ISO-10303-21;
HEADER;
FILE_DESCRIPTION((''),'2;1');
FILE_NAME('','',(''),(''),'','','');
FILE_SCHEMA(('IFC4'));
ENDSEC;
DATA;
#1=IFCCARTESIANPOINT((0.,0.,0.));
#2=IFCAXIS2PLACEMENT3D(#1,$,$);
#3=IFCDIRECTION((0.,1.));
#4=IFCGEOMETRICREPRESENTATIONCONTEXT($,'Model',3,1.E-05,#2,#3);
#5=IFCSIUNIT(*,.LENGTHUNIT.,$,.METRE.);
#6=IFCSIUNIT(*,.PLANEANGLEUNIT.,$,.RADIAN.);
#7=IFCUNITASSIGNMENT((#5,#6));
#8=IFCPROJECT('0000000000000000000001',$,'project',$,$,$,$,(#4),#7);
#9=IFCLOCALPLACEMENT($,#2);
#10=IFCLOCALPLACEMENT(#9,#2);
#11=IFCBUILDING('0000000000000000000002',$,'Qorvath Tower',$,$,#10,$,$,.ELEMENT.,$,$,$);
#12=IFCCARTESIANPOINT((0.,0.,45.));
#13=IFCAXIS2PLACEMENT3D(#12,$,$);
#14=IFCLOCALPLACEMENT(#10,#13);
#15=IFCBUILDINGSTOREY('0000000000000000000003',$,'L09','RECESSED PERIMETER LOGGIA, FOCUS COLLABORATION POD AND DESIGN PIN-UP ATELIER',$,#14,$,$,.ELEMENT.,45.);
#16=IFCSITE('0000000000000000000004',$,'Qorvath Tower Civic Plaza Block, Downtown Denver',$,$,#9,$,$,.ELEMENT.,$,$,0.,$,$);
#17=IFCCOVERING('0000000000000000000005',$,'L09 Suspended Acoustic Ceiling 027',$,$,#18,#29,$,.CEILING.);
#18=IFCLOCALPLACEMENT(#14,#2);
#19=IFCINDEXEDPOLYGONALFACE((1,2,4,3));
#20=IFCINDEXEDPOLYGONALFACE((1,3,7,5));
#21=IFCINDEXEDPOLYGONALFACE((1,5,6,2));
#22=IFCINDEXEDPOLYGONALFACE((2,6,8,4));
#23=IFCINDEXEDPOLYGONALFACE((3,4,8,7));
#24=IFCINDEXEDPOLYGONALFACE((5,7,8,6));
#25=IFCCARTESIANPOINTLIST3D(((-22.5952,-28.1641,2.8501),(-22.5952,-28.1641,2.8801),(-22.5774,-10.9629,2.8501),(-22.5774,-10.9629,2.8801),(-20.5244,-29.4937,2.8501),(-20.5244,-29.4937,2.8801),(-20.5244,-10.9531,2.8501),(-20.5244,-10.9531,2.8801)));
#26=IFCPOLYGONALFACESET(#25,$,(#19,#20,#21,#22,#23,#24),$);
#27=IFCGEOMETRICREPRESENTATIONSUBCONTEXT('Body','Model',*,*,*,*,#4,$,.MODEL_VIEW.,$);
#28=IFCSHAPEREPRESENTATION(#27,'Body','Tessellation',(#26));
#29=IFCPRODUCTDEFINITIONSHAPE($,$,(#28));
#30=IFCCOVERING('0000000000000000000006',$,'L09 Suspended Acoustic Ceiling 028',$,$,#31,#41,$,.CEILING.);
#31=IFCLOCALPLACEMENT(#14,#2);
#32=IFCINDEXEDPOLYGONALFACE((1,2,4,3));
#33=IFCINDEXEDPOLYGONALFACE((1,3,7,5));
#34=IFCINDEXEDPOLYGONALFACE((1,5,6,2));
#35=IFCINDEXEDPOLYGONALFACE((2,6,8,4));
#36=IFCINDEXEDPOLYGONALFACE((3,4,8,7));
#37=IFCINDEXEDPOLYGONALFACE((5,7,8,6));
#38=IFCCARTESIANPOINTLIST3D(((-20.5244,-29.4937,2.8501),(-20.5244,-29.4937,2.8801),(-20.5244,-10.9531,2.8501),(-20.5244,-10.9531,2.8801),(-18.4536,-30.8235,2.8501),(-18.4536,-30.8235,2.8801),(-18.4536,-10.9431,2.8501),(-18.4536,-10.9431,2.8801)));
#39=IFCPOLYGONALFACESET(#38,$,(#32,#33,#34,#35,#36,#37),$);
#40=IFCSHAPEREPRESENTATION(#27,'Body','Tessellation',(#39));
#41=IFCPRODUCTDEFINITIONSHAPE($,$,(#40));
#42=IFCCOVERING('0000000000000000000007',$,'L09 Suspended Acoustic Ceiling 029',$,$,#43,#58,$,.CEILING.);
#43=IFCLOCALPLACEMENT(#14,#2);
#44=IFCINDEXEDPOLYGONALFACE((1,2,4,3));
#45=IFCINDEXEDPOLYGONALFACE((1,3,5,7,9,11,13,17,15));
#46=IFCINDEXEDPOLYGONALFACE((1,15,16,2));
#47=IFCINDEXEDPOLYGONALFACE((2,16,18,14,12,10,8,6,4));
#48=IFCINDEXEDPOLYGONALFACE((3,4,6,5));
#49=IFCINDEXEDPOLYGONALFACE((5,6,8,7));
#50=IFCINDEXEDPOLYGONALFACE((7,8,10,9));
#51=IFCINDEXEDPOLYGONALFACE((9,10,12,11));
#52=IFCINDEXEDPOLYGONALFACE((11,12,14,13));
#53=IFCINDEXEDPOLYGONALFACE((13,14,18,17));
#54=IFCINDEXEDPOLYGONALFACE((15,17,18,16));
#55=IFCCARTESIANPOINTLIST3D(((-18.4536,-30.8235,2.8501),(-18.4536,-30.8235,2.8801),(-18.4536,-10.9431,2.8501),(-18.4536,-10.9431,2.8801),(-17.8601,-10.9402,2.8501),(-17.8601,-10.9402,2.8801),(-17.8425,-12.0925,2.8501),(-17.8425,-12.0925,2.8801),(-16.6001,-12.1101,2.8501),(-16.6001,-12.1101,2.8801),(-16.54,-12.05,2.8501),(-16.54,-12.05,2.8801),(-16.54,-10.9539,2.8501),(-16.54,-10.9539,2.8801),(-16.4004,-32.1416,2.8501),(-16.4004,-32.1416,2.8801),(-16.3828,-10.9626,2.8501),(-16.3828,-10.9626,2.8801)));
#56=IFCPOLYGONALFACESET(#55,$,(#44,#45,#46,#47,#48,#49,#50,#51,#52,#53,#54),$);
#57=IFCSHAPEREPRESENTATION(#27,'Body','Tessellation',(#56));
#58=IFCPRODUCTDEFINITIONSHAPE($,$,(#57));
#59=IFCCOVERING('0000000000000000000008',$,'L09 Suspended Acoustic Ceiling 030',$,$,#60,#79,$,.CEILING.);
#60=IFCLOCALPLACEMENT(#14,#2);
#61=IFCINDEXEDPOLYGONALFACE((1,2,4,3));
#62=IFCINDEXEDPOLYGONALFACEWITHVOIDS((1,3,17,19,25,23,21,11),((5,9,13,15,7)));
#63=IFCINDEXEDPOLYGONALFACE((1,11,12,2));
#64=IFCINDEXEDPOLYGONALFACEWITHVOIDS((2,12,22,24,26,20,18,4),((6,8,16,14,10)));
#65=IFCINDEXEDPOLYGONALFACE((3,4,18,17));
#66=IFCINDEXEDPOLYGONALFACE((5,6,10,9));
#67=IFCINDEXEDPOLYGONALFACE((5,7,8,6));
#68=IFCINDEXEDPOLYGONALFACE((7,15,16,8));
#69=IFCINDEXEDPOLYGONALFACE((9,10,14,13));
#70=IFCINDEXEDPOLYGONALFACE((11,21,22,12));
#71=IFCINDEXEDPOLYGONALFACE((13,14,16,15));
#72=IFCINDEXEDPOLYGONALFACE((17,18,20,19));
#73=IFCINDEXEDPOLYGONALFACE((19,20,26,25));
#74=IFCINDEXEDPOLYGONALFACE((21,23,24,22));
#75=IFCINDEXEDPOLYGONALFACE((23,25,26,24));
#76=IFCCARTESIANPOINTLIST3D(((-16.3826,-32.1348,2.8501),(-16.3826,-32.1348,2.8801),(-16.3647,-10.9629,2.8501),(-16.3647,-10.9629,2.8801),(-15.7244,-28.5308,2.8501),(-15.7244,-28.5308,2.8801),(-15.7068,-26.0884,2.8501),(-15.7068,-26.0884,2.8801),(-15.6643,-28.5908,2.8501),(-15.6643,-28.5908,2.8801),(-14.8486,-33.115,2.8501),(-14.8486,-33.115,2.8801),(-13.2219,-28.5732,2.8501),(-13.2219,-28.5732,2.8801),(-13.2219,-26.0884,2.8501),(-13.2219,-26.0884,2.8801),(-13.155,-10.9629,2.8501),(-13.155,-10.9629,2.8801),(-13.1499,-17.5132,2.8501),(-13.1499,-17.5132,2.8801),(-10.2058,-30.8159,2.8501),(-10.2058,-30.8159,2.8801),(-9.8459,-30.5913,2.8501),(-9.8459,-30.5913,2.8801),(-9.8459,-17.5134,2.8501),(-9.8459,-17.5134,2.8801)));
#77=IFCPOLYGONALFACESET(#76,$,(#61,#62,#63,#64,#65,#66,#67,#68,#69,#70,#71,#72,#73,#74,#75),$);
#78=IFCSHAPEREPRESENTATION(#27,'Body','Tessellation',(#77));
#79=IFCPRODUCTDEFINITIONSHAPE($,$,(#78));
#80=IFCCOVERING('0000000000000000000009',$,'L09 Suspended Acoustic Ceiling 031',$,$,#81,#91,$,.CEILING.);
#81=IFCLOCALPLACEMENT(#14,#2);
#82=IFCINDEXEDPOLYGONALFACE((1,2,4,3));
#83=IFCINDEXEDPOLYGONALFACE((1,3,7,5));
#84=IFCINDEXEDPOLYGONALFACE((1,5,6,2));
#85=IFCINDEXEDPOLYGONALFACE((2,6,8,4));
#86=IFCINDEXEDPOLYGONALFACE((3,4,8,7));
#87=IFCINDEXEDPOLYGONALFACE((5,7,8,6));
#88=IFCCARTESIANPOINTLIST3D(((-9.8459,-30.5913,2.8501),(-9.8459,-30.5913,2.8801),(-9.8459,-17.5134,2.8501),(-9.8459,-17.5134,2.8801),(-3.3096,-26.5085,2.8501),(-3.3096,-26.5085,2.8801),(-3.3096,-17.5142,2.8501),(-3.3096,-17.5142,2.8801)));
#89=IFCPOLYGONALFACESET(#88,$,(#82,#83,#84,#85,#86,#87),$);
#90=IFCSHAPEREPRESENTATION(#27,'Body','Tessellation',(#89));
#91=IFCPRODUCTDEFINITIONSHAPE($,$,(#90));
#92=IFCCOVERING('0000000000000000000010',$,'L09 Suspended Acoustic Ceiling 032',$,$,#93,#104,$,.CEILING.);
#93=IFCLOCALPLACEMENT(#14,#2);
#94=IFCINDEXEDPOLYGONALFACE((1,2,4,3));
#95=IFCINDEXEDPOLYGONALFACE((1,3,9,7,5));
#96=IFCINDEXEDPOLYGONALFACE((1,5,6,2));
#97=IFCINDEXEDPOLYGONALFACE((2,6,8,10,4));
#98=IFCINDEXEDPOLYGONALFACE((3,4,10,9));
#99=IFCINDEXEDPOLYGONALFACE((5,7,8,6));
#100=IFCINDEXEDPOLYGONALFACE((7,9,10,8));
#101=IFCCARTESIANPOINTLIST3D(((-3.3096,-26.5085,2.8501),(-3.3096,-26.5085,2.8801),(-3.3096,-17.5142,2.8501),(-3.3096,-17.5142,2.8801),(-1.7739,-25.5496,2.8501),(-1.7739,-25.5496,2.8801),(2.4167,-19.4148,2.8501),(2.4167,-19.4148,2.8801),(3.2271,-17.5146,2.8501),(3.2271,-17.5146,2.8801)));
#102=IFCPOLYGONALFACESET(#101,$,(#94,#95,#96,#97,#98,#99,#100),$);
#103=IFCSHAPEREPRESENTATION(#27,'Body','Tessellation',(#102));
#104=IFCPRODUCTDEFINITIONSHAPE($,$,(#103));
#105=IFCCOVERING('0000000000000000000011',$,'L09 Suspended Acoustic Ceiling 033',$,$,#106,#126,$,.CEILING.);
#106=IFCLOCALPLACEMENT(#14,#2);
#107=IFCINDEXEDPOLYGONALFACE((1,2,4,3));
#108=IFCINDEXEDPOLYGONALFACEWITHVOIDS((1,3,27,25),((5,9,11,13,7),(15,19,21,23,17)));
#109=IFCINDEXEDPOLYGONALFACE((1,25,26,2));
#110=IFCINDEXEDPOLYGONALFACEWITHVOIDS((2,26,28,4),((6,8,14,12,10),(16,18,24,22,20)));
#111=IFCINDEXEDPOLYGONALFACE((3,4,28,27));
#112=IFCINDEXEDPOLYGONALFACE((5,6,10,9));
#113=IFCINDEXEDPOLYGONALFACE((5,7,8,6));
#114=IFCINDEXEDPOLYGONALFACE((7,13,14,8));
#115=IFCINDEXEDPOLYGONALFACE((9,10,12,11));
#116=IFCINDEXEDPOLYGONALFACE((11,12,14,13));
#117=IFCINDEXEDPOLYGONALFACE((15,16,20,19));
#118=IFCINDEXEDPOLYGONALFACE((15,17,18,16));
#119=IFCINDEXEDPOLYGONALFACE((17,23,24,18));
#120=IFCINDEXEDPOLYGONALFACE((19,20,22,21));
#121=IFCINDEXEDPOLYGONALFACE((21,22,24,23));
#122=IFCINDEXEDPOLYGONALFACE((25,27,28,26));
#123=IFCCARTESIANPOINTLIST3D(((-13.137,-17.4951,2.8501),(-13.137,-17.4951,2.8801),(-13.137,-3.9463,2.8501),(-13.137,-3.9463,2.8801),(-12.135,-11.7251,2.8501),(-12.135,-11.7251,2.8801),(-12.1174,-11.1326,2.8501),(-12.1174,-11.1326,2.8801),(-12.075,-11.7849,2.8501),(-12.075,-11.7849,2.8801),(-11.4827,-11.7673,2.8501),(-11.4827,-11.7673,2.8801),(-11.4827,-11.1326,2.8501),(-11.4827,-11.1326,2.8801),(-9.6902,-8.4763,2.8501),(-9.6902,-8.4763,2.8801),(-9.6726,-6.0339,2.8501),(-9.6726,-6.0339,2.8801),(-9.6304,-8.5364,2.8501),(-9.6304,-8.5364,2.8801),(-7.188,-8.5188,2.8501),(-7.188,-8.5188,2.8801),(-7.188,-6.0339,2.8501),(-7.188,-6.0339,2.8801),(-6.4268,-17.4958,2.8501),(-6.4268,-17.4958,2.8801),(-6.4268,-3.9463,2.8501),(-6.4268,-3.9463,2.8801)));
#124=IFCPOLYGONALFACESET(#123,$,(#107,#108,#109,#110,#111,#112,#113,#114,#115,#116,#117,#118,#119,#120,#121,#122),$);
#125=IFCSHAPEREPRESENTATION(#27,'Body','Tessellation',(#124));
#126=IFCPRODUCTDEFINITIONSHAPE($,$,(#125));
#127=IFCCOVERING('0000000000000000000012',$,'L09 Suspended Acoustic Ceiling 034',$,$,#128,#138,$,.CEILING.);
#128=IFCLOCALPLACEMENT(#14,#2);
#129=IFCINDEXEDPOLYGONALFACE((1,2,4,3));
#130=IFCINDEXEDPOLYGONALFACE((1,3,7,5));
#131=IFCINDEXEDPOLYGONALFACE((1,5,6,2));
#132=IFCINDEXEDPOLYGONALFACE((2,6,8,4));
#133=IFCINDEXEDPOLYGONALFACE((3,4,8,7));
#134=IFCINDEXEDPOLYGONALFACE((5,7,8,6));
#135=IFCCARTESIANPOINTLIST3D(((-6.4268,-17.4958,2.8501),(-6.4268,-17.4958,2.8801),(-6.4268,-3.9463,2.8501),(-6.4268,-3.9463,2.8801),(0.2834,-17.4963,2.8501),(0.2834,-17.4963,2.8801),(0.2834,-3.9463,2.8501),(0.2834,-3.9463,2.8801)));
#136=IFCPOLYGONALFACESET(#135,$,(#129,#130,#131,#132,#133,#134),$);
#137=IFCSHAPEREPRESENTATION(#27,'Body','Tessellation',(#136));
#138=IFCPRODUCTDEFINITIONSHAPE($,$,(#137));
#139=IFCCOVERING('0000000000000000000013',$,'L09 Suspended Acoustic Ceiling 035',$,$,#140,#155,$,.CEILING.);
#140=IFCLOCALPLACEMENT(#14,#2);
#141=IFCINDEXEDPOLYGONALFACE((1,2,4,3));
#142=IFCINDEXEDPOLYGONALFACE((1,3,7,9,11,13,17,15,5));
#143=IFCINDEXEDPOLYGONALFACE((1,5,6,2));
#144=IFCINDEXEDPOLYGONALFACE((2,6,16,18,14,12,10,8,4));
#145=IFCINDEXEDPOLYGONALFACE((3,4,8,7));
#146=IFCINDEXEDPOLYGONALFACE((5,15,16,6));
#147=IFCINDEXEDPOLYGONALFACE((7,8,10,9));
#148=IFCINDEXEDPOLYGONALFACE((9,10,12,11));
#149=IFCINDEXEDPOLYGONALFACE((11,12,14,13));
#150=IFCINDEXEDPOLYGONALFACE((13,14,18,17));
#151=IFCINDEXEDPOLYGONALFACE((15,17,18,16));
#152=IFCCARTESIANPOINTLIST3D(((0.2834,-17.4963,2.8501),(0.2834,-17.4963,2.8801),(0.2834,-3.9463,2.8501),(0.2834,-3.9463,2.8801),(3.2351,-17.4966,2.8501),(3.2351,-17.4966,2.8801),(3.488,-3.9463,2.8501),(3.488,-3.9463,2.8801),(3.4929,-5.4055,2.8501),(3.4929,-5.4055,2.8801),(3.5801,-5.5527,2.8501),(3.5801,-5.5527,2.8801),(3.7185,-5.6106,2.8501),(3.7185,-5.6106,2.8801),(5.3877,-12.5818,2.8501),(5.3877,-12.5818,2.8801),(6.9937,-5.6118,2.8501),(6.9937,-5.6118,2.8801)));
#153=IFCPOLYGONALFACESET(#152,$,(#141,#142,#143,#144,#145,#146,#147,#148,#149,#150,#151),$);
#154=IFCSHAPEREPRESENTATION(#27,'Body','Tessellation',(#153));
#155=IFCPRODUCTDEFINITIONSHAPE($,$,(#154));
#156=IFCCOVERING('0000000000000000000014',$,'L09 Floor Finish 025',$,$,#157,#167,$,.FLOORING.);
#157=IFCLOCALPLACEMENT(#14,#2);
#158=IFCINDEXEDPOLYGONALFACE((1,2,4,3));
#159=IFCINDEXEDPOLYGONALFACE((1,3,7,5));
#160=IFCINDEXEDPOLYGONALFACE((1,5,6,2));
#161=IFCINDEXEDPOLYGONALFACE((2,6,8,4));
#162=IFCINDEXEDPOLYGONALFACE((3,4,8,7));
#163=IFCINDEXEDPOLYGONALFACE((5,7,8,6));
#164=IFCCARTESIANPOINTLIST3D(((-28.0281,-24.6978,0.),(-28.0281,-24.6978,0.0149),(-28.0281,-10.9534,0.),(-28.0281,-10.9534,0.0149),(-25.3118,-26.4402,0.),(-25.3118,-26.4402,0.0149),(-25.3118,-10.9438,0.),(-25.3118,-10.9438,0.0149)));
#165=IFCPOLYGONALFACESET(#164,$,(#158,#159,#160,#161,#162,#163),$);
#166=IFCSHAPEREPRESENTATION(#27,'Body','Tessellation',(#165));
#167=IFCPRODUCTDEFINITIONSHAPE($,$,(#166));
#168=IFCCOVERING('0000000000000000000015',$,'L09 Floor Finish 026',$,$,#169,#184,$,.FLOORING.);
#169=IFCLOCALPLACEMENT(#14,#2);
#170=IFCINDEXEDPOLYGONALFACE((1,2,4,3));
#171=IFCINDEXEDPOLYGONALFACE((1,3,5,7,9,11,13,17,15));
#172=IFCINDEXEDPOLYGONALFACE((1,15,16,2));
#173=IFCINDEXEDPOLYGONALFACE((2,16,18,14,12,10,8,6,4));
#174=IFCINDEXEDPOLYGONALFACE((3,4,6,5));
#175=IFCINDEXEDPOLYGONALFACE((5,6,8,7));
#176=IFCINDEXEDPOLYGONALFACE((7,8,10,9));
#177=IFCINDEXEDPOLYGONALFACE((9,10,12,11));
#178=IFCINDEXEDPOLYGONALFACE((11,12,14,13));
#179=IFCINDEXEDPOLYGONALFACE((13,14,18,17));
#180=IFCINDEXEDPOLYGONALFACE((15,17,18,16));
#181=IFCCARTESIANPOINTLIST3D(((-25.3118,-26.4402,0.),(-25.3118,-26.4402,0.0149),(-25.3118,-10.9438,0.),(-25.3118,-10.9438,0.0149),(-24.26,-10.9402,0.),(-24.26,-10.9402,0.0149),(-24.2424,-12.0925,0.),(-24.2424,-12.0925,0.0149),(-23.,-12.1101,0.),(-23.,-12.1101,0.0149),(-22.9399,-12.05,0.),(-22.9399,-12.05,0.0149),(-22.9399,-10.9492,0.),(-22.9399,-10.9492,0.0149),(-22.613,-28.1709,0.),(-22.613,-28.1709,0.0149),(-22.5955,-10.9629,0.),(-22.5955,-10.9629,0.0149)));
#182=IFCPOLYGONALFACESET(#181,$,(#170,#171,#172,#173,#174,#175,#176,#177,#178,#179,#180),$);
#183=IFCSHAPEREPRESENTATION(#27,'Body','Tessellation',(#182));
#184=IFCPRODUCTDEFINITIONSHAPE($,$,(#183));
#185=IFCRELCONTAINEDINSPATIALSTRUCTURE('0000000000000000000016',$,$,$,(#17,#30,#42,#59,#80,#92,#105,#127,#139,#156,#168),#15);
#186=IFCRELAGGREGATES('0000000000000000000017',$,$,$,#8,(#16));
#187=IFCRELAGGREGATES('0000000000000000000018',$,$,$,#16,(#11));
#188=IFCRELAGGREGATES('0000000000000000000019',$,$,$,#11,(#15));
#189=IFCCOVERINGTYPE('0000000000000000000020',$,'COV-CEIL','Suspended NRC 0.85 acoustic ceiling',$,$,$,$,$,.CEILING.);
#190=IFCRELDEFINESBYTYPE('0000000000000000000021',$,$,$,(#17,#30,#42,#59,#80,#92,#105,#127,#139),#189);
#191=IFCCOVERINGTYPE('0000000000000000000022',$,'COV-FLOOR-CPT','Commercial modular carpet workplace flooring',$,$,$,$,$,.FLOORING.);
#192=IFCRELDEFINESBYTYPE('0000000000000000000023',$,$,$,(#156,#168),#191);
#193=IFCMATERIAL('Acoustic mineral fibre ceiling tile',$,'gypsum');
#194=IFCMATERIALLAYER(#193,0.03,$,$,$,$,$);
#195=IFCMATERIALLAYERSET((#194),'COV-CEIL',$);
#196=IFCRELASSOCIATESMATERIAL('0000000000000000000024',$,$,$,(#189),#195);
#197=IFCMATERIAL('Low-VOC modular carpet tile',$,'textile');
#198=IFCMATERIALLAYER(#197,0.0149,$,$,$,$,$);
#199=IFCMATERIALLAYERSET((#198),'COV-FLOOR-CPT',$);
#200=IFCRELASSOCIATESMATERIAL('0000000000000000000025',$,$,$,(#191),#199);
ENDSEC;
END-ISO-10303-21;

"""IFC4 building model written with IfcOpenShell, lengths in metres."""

from ifc_helpers import new_model, si_unit, direction, frame, origin, place, context, subcontext, project, spatial, polyline, outline, extrude, material, layer, layer_set, type_object, element, save


model = new_model("IFC4")

# Units and contexts
model_context = context("Model", 3, precision=1e-05, world=origin(), true_north=direction((0.0, 1.0)))
body_context = subcontext(model_context, "Body", "Model", "MODEL_VIEW")
ifc_project = project(units=[si_unit("LENGTHUNIT", "METRE"), si_unit("PLANEANGLEUNIT", "RADIAN")], contexts=[model_context])

# Site, building, storey
site_placement = place(None, origin())
site = spatial("IfcSite", under=ifc_project, at=site_placement, Name="Qorvath Tower Civic Plaza Block, Downtown Denver", CompositionType="ELEMENT", RefElevation=0.0)
building_placement = place(site_placement, origin())
building = spatial("IfcBuilding", under=site, at=building_placement, Name="Qorvath Tower", CompositionType="ELEMENT")
storey_placement = place(building_placement, frame((0.0, 0.0, 45.0)))
storey = spatial("IfcBuildingStorey", under=building, at=storey_placement, Name="L09", Description="RECESSED PERIMETER LOGGIA, FOCUS COLLABORATION POD AND DESIGN PIN-UP ATELIER", CompositionType="ELEMENT", Elevation=45.0)

# Coverings
ifc_material_1 = material(Name="Acoustic mineral fibre ceiling tile", Category="gypsum")
ifc_layer_1 = layer(ifc_material_1, 0.03)
ifc_layer_set_1 = layer_set([ifc_layer_1], Name="COV-CEIL")
covering_type_1 = type_object("IfcCoveringType", Name="COV-CEIL", Description="Suspended NRC 0.85 acoustic ceiling", PredefinedType="CEILING", material=ifc_layer_set_1)
covering_1_placement = place(storey_placement, frame((0.0, 0.0, 2.8501)))
element("IfcCovering", 1, at=covering_1_placement, inside=storey, type_object=covering_type_1, Name="L09 Suspended Acoustic Ceiling 027", PredefinedType="CEILING", context=body_context, shape_type="SweptSolid", body=[
    extrude(outline(polyline([(-20.5244, -29.4937), (-20.5244, -10.9531), (-22.5774, -10.9629), (-22.5952, -28.1641), (-20.5244, -29.4937)])), origin(), (0.0, 0.0, 1.0), 0.03),
])
covering_2_placement = place(storey_placement, frame((0.0, 0.0, 2.8501)))
element("IfcCovering", 2, at=covering_2_placement, inside=storey, type_object=covering_type_1, Name="L09 Suspended Acoustic Ceiling 028", PredefinedType="CEILING", context=body_context, shape_type="SweptSolid", body=[
    extrude(outline(polyline([(-18.4536, -30.8235), (-18.4536, -10.9431), (-20.5244, -10.9531), (-20.5244, -29.4937), (-18.4536, -30.8235)])), origin(), (0.0, 0.0, 1.0), 0.03),
])
covering_3_placement = place(storey_placement, frame((0.0, 0.0, 2.8501)))
element("IfcCovering", 3, at=covering_3_placement, inside=storey, type_object=covering_type_1, Name="L09 Suspended Acoustic Ceiling 029", PredefinedType="CEILING", context=body_context, shape_type="SweptSolid", body=[
    extrude(outline(polyline([(-16.4004, -32.1416), (-16.3828, -10.9626), (-16.54, -10.9539), (-16.54, -12.05), (-16.6001, -12.1101), (-17.8425, -12.0925), (-17.8601, -10.9402), (-18.4536, -10.9431), (-18.4536, -30.8235), (-16.4004, -32.1416)])), origin(), (0.0, 0.0, 1.0), 0.03),
])
covering_4_placement = place(storey_placement, frame((0.0, 0.0, 2.8501)))
element("IfcCovering", 4, at=covering_4_placement, inside=storey, type_object=covering_type_1, Name="L09 Suspended Acoustic Ceiling 030", PredefinedType="CEILING", context=body_context, shape_type="SweptSolid", body=[
    extrude(outline(polyline([(-14.8486, -33.115), (-10.2058, -30.8159), (-9.8459, -30.5913), (-9.8459, -17.5134), (-13.1499, -17.5132), (-13.155, -10.9629), (-16.3647, -10.9629), (-16.3826, -32.1348), (-14.8486, -33.115)]), holes=[polyline([(-15.7244, -28.5308), (-15.7068, -26.0884), (-13.2219, -26.0884), (-13.2219, -28.5732), (-15.6643, -28.5908), (-15.7244, -28.5308)])]), origin(), (0.0, 0.0, 1.0), 0.03),
])
covering_5_placement = place(storey_placement, frame((0.0, 0.0, 2.8501)))
element("IfcCovering", 5, at=covering_5_placement, inside=storey, type_object=covering_type_1, Name="L09 Suspended Acoustic Ceiling 031", PredefinedType="CEILING", context=body_context, shape_type="SweptSolid", body=[
    extrude(outline(polyline([(-9.8459, -17.5134), (-9.8459, -30.5913), (-3.3096, -26.5085), (-3.3096, -17.5142), (-9.8459, -17.5134)])), origin(), (0.0, 0.0, 1.0), 0.03),
])
covering_6_placement = place(storey_placement, frame((0.0, 0.0, 2.8501)))
element("IfcCovering", 6, at=covering_6_placement, inside=storey, type_object=covering_type_1, Name="L09 Suspended Acoustic Ceiling 032", PredefinedType="CEILING", context=body_context, shape_type="SweptSolid", body=[
    extrude(outline(polyline([(-3.3096, -17.5142), (-3.3096, -26.5085), (-1.7739, -25.5496), (2.4167, -19.4148), (3.2271, -17.5146), (-3.3096, -17.5142)])), origin(), (0.0, 0.0, 1.0), 0.03),
])
covering_7_placement = place(storey_placement, frame((0.0, 0.0, 2.8501)))
element("IfcCovering", 7, at=covering_7_placement, inside=storey, type_object=covering_type_1, Name="L09 Suspended Acoustic Ceiling 033", PredefinedType="CEILING", context=body_context, shape_type="SweptSolid", body=[
    extrude(outline(polyline([(-6.4268, -17.4958), (-6.4268, -3.9463), (-13.137, -3.9463), (-13.137, -17.4951), (-6.4268, -17.4958)]), holes=[polyline([(-9.6902, -8.4763), (-9.6726, -6.0339), (-7.188, -6.0339), (-7.188, -8.5188), (-9.6304, -8.5364), (-9.6902, -8.4763)]), polyline([(-12.135, -11.7251), (-12.1174, -11.1326), (-11.4827, -11.1326), (-11.4827, -11.7673), (-12.075, -11.7849), (-12.135, -11.7251)])]), origin(), (0.0, 0.0, 1.0), 0.03),
])
covering_8_placement = place(storey_placement, frame((0.0, 0.0, 2.8501)))
element("IfcCovering", 8, at=covering_8_placement, inside=storey, type_object=covering_type_1, Name="L09 Suspended Acoustic Ceiling 034", PredefinedType="CEILING", context=body_context, shape_type="SweptSolid", body=[
    extrude(outline(polyline([(0.2834, -17.4963), (0.2834, -3.9463), (-6.4268, -3.9463), (-6.4268, -17.4958), (0.2834, -17.4963)])), origin(), (0.0, 0.0, 1.0), 0.03),
])
covering_9_placement = place(storey_placement, frame((0.0, 0.0, 2.8501)))
element("IfcCovering", 9, at=covering_9_placement, inside=storey, type_object=covering_type_1, Name="L09 Suspended Acoustic Ceiling 035", PredefinedType="CEILING", context=body_context, shape_type="SweptSolid", body=[
    extrude(outline(polyline([(3.5801, -5.5527), (3.4929, -5.4055), (3.488, -3.9463), (0.2834, -3.9463), (0.2834, -17.4963), (3.2351, -17.4966), (5.3877, -12.5818), (6.9937, -5.6118), (3.7185, -5.6106), (3.5801, -5.5527)])), origin(), (0.0, 0.0, 1.0), 0.03),
])
ifc_material_2 = material(Name="Low-VOC modular carpet tile", Category="textile")
ifc_layer_2 = layer(ifc_material_2, 0.0149)
ifc_layer_set_2 = layer_set([ifc_layer_2], Name="COV-FLOOR-CPT")
covering_type_2 = type_object("IfcCoveringType", Name="COV-FLOOR-CPT", Description="Commercial modular carpet workplace flooring", PredefinedType="FLOORING", material=ifc_layer_set_2)
covering_10_placement = place(storey_placement, origin())
element("IfcCovering", 10, at=covering_10_placement, inside=storey, type_object=covering_type_2, Name="L09 Floor Finish 025", PredefinedType="FLOORING", context=body_context, shape_type="SweptSolid", body=[
    extrude(outline(polyline([(-25.3118, -26.4402), (-25.3118, -10.9438), (-28.0281, -10.9534), (-28.0281, -24.6978), (-25.3118, -26.4402)])), origin(), (0.0, 0.0, 1.0), 0.0149),
])
covering_11_placement = place(storey_placement, origin())
element("IfcCovering", 11, at=covering_11_placement, inside=storey, type_object=covering_type_2, Name="L09 Floor Finish 026", PredefinedType="FLOORING", context=body_context, shape_type="SweptSolid", body=[
    extrude(outline(polyline([(-22.613, -28.1709), (-22.5955, -10.9629), (-22.9399, -10.9492), (-22.9399, -12.05), (-23.0, -12.1101), (-24.2424, -12.0925), (-24.26, -10.9402), (-25.3118, -10.9438), (-25.3118, -26.4402), (-22.613, -28.1709)])), origin(), (0.0, 0.0, 1.0), 0.0149),
])

save(model, "model.ifc")
